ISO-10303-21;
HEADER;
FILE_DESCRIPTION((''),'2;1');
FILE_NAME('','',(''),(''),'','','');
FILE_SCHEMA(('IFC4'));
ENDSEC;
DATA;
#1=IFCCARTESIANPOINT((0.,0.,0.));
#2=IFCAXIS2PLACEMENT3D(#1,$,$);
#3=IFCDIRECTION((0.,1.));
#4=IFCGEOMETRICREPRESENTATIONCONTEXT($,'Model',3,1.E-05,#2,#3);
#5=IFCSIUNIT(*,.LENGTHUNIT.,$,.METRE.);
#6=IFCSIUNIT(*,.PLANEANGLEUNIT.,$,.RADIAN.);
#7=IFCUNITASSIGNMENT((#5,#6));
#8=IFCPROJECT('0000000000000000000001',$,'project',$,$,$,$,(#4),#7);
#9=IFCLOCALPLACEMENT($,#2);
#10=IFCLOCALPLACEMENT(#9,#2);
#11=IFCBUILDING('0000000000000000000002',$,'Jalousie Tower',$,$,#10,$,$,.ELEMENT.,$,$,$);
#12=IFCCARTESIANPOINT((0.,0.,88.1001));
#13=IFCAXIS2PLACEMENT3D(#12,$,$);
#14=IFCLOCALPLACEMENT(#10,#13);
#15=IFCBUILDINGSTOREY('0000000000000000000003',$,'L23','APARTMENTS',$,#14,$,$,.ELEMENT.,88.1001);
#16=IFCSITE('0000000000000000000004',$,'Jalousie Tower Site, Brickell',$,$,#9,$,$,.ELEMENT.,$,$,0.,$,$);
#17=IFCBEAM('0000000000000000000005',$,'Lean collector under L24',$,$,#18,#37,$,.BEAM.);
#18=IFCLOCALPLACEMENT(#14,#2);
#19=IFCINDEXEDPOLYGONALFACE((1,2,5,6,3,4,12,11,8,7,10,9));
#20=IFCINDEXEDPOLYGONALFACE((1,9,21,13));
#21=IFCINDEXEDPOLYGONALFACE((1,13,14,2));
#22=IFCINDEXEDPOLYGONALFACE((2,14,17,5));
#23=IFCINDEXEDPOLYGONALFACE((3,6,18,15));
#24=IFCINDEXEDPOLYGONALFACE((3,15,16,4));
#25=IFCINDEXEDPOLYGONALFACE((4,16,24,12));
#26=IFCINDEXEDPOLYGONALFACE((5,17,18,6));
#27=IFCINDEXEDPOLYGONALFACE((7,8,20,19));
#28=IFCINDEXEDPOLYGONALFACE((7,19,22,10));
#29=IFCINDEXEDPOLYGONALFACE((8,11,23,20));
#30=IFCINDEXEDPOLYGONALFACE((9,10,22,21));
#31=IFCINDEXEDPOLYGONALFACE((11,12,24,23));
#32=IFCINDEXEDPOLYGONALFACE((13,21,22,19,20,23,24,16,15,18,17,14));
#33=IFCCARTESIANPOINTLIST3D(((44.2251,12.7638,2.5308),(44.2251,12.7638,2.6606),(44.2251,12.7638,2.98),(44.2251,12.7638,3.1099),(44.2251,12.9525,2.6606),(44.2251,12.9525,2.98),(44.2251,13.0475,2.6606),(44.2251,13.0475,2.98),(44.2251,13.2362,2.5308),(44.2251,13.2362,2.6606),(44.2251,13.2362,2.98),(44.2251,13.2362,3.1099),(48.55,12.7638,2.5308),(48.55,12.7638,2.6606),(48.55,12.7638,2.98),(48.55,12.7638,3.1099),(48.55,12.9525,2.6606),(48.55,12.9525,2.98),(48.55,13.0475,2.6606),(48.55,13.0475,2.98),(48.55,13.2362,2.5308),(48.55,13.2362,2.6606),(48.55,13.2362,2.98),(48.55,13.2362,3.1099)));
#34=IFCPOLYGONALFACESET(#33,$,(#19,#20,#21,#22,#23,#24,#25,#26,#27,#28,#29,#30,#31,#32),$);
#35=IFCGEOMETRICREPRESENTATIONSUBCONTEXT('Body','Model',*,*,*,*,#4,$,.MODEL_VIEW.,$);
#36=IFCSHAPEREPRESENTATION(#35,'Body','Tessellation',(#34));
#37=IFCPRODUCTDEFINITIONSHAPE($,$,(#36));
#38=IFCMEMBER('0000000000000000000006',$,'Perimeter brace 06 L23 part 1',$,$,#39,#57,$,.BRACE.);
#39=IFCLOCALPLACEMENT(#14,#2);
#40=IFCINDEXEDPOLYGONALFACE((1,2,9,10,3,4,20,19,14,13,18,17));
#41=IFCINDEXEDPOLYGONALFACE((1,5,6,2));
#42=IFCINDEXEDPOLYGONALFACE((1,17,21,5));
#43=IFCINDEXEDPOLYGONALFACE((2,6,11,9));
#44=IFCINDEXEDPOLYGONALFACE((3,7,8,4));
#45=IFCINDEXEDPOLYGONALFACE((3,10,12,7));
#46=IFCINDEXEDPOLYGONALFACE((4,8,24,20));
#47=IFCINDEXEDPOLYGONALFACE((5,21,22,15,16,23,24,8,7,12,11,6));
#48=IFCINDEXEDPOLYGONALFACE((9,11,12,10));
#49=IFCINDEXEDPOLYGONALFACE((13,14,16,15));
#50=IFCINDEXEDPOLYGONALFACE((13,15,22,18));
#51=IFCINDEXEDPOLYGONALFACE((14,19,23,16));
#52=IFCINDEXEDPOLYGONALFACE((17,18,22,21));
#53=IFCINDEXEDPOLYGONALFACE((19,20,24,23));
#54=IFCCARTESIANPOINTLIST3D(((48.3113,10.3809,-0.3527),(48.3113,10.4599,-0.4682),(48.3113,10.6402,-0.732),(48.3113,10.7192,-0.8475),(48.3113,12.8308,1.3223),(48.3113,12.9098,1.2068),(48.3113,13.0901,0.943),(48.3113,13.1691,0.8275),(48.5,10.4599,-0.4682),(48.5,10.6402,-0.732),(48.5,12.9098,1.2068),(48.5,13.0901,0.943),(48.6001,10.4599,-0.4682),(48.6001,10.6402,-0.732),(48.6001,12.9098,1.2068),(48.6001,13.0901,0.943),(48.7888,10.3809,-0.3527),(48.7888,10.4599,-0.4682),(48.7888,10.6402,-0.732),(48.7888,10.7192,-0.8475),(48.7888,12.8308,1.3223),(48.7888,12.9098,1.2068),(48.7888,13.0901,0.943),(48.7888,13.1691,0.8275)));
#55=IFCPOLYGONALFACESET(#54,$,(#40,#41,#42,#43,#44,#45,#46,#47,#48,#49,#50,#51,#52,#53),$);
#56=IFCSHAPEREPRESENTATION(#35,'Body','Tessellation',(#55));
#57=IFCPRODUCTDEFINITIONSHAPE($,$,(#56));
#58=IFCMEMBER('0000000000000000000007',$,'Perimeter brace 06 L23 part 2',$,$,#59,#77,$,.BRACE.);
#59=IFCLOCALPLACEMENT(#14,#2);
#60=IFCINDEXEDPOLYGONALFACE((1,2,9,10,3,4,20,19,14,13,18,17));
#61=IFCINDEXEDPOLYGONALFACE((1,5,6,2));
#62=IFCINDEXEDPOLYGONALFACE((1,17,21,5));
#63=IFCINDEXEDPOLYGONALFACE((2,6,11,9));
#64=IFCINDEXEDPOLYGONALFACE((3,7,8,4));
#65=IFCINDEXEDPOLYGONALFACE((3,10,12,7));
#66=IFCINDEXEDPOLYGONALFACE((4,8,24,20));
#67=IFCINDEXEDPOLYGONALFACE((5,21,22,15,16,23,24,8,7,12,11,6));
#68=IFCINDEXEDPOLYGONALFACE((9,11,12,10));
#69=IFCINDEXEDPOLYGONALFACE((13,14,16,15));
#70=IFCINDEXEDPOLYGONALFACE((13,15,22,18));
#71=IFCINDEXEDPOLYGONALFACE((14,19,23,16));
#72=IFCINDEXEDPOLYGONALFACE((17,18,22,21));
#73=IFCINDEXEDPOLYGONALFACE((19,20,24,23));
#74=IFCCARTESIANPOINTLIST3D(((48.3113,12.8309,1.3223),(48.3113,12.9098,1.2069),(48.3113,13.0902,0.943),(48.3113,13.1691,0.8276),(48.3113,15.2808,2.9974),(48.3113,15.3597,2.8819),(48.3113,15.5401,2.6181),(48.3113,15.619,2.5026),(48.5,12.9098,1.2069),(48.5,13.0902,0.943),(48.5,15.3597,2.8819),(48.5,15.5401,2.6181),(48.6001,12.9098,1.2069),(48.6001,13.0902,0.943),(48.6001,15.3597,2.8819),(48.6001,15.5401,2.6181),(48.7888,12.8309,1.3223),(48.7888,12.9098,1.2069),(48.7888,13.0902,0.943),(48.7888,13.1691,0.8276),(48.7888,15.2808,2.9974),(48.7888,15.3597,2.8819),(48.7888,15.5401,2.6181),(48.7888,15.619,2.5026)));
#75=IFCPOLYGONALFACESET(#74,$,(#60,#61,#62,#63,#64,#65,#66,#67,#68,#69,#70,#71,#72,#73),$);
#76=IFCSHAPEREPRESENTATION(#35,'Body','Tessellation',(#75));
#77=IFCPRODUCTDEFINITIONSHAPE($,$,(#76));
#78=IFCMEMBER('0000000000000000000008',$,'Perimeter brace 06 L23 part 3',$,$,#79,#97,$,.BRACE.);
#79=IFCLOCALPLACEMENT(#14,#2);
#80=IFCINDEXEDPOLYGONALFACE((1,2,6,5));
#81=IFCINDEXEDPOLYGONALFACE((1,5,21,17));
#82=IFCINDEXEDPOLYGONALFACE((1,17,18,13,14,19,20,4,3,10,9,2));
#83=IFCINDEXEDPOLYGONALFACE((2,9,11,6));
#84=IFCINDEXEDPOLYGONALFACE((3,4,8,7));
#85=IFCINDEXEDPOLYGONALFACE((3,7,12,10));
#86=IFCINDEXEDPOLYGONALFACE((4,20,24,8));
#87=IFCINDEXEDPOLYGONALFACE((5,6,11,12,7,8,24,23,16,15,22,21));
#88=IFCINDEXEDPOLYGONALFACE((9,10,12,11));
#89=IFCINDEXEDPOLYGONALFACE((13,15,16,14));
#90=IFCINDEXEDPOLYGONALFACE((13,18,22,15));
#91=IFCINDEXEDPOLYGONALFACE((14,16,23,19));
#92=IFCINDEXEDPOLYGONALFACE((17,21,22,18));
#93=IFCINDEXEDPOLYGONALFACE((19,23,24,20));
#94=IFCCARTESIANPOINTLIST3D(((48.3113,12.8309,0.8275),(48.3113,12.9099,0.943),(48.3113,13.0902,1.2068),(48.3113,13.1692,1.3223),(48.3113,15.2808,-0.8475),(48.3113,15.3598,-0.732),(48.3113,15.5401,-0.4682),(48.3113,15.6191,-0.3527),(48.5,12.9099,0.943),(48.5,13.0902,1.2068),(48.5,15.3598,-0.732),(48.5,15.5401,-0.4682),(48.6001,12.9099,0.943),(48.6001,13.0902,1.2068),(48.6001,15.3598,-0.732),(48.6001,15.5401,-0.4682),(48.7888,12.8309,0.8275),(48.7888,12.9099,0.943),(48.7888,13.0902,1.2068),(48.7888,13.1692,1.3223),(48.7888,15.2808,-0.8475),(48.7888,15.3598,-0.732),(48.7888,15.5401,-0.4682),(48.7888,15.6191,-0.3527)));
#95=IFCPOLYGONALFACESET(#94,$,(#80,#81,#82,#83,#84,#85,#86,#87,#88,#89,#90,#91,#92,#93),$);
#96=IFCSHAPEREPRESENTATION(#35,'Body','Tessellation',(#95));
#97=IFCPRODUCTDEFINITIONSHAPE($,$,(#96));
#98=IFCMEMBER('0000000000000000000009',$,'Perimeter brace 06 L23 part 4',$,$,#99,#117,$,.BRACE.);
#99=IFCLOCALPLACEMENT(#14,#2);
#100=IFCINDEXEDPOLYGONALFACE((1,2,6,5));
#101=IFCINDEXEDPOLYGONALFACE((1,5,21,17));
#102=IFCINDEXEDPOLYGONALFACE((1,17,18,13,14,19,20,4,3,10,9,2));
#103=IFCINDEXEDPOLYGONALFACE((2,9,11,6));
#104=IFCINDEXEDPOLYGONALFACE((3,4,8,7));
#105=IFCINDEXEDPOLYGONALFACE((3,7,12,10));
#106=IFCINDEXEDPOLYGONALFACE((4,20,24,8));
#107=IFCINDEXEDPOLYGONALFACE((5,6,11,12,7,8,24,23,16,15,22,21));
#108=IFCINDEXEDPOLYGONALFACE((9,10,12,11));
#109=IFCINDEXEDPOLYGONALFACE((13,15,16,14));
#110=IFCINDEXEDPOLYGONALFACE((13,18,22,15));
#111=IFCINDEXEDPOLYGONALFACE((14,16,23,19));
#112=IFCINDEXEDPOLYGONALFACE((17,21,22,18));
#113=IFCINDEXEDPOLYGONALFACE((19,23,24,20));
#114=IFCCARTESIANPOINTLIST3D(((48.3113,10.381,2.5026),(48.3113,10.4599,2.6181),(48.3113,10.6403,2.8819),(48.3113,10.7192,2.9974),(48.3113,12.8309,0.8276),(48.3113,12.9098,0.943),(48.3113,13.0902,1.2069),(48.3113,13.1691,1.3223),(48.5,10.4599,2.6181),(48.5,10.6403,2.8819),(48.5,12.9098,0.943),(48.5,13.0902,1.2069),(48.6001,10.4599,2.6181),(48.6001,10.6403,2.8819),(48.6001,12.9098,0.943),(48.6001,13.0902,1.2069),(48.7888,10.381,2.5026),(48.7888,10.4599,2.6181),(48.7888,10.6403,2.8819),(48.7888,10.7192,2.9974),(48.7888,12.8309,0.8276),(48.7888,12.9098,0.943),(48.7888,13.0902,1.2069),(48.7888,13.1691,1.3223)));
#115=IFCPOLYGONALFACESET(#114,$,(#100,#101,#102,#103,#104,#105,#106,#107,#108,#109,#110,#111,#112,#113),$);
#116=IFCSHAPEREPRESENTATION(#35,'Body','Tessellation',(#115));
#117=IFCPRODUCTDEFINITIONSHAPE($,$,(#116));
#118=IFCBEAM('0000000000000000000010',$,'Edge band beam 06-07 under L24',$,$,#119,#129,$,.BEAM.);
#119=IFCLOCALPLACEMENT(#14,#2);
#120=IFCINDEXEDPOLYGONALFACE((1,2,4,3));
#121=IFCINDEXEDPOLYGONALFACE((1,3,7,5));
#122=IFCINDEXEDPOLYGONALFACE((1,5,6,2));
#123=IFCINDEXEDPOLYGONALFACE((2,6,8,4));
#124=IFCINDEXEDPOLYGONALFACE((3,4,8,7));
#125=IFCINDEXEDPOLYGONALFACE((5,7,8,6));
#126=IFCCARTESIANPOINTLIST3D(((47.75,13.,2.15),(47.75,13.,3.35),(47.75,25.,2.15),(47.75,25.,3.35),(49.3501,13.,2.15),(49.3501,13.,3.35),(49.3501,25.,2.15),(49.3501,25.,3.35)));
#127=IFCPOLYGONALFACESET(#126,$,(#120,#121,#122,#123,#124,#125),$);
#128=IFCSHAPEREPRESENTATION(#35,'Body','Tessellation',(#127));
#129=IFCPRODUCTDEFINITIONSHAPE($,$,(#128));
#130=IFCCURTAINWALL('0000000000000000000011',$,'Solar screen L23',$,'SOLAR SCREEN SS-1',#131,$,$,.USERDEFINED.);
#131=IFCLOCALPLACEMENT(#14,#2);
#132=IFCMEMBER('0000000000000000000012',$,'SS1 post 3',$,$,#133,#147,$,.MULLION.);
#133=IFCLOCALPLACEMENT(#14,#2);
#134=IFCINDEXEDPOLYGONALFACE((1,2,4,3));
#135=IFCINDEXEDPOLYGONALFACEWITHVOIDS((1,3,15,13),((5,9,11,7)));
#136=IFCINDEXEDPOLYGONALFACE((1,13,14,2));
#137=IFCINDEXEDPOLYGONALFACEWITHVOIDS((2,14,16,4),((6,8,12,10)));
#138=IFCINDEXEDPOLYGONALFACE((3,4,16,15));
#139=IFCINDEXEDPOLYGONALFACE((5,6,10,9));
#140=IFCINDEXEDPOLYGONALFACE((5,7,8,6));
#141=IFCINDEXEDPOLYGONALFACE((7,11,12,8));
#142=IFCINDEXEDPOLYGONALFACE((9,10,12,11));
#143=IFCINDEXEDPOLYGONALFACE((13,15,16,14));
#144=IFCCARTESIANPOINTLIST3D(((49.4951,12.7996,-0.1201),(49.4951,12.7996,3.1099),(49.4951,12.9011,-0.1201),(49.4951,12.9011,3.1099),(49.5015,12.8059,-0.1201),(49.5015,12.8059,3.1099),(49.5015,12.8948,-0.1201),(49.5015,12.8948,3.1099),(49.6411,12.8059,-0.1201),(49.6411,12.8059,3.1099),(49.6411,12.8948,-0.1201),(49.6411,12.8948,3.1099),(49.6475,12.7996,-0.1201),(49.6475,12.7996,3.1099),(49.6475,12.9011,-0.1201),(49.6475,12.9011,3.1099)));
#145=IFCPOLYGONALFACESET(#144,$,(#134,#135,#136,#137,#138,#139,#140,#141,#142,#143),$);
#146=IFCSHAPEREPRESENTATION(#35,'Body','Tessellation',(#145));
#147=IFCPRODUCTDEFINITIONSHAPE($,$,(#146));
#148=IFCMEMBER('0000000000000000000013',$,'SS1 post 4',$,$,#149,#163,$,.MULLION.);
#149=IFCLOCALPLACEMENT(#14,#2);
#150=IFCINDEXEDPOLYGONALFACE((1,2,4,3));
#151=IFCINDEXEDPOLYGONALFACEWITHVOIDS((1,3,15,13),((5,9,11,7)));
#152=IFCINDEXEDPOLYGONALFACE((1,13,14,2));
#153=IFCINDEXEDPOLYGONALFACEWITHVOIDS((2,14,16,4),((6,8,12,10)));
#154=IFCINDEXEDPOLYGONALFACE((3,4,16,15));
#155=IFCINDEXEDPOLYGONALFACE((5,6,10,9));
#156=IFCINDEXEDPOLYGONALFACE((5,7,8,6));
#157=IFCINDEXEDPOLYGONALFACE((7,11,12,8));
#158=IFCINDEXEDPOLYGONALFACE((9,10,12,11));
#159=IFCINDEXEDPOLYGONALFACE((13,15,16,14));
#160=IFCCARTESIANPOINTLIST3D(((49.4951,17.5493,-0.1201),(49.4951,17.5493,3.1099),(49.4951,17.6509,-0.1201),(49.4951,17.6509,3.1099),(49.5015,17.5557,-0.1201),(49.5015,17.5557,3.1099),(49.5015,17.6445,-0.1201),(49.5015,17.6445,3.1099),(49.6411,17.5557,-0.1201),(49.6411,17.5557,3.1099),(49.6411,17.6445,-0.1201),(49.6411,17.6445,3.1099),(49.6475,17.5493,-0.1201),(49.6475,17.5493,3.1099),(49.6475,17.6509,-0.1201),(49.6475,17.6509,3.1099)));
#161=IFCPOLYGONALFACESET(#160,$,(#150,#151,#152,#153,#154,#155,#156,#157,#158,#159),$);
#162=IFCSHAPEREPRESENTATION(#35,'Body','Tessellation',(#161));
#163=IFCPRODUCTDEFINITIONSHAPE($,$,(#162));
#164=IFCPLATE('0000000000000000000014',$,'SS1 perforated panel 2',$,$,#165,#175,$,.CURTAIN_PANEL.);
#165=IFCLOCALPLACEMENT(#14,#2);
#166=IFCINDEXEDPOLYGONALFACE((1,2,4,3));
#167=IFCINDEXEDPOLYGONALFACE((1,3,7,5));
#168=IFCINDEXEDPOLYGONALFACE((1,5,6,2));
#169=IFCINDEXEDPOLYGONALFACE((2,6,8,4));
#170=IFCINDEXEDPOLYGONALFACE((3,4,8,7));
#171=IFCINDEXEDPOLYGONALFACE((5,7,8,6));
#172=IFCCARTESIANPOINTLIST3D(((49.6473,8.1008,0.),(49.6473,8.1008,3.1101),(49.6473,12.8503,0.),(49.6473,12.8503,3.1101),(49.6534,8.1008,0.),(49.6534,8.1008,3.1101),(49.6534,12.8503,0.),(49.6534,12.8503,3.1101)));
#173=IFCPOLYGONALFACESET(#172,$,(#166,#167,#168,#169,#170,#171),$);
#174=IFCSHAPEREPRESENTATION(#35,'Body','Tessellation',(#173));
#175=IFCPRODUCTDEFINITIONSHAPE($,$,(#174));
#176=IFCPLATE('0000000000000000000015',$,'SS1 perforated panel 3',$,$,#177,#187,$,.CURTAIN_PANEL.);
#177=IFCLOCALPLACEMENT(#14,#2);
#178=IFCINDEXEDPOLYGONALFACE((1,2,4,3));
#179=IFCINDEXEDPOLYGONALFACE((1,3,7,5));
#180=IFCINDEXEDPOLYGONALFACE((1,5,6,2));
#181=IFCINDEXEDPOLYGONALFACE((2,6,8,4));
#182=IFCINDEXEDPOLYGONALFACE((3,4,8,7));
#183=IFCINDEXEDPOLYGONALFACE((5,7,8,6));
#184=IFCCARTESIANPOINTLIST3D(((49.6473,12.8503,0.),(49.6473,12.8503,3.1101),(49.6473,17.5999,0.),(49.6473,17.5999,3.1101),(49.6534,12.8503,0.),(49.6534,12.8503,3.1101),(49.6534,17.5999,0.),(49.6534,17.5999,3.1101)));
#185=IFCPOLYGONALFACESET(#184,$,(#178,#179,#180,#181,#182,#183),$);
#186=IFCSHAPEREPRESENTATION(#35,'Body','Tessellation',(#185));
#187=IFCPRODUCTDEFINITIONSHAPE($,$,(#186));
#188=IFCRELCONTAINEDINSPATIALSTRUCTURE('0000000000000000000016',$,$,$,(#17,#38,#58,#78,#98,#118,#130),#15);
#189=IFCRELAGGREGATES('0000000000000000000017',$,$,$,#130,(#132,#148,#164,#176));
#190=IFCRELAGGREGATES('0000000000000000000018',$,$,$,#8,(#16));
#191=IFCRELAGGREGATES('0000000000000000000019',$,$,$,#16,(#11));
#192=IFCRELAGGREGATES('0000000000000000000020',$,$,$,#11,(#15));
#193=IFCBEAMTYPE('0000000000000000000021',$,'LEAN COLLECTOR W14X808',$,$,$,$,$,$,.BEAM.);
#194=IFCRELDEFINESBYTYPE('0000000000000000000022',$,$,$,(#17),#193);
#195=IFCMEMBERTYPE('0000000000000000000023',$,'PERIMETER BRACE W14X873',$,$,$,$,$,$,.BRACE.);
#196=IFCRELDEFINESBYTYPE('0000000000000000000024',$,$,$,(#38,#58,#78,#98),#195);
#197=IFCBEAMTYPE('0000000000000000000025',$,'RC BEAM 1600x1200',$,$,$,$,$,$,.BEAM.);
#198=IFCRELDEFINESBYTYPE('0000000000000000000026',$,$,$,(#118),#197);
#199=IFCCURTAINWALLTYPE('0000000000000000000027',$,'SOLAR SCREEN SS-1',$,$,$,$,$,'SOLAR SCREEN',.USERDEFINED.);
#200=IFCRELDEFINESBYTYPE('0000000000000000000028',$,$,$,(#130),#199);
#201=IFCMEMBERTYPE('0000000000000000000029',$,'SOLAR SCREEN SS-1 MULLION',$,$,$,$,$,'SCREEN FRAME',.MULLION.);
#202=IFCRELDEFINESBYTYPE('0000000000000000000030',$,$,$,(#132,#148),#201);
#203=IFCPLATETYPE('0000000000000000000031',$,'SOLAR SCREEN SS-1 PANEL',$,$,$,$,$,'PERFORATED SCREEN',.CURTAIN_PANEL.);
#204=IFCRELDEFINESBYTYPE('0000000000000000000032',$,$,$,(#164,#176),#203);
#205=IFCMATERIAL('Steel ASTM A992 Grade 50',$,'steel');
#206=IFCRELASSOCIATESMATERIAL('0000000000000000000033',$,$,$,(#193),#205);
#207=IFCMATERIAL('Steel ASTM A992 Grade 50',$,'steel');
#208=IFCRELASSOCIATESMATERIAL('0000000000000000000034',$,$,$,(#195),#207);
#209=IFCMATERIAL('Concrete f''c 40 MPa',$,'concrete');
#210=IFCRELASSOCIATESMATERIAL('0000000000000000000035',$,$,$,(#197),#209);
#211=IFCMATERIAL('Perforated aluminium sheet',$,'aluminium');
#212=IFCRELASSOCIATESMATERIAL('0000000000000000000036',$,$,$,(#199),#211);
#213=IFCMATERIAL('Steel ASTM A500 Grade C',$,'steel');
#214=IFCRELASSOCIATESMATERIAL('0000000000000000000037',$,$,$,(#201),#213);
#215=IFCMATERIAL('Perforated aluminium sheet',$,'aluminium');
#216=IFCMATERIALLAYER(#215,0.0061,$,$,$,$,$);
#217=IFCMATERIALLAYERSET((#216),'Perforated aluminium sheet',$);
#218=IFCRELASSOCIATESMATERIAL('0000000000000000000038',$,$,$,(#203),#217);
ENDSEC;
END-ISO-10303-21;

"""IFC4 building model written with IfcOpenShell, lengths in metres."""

from ifc_helpers import new_model, si_unit, direction, frame, origin, origin_2d, place, context, subcontext, project, spatial, rectangle, hollow_rectangle, i_section, extrude, material, layer, layer_set, material_profile, profile_set, type_object, element, aggregate, save


model = new_model("IFC4")

# Units and contexts
model_context = context("Model", 3, precision=1e-05, world=origin(), true_north=direction((0.0, 1.0)))
body_context = subcontext(model_context, "Body", "Model", "MODEL_VIEW")
ifc_project = project(units=[si_unit("LENGTHUNIT", "METRE"), si_unit("PLANEANGLEUNIT", "RADIAN")], contexts=[model_context])

# Site, building, storey
site_placement = place(None, origin())
site = spatial("IfcSite", under=ifc_project, at=site_placement, Name="Jalousie Tower Site, Brickell", CompositionType="ELEMENT", RefElevation=0.0)
building_placement = place(site_placement, origin())
building = spatial("IfcBuilding", under=site, at=building_placement, Name="Jalousie Tower", CompositionType="ELEMENT")
storey_placement = place(building_placement, frame((0.0, 0.0, 88.1001)))
storey = spatial("IfcBuildingStorey", under=building, at=storey_placement, Name="L23", Description="APARTMENTS", CompositionType="ELEMENT", Elevation=88.1001)

# Beam
ifc_material_1 = material(Name="Steel ASTM A992 Grade 50", Category="steel")
ifc_material_profile_1 = material_profile(ifc_material_1, i_section(OverallWidth=0.4724, OverallDepth=0.5791, WebThickness=0.095, FlangeThickness=0.1299, at=origin_2d()), Name="W14X808")
ifc_profile_set_1 = profile_set([ifc_material_profile_1], Name="Steel ASTM A992 Grade 50")
beam_type_1 = type_object("IfcBeamType", Name="LEAN COLLECTOR W14X808", PredefinedType="BEAM", material=ifc_profile_set_1)
beam_1_placement = place(storey_placement, frame((48.55, 13.0, 2.8203), z_axis=(-1.0, 0.0, 0.0), x_axis=(0.0, -1.0, 0.0)))
element("IfcBeam", 1, at=beam_1_placement, inside=storey, type_object=beam_type_1, Name="Lean collector under L24", PredefinedType="BEAM", context=body_context, shape_type="SweptSolid", body=[
    extrude(i_section(OverallWidth=0.4724, OverallDepth=0.5791, WebThickness=0.095, FlangeThickness=0.1299, at=origin_2d()), origin(), (0.0, 0.0, 1.0), 4.325),
])

# Members
ifc_material_2 = material(Name="Steel ASTM A992 Grade 50", Category="steel")
ifc_material_profile_2 = material_profile(ifc_material_2, i_section(OverallWidth=0.4775, OverallDepth=0.5994, WebThickness=0.1001, FlangeThickness=0.1399, at=origin_2d()), Name="W14X873")
ifc_profile_set_2 = profile_set([ifc_material_profile_2], Name="Steel ASTM A992 Grade 50")
member_type_1 = type_object("IfcMemberType", Name="PERIMETER BRACE W14X873", PredefinedType="BRACE", material=ifc_profile_set_2)
for number, where, z_axis, x_axis, name in (
    (2, (48.55, 10.55, -0.6001), (0.0, 0.825501, 0.564401), (-1.0, 0.0, 0.0), "Perimeter brace 06 L23 part 1"),
    (3, (48.55, 13.0, 1.075), (0.0, 0.825501, 0.564401), (-1.0, 0.0, 0.0), "Perimeter brace 06 L23 part 2"),
    (4, (48.55, 15.45, -0.6001), (0.0, -0.825501, 0.564401), (1.0, 0.0, 0.0), "Perimeter brace 06 L23 part 3"),
    (5, (48.55, 13.0, 1.075), (0.0, -0.825501, 0.564401), (1.0, 0.0, 0.0), "Perimeter brace 06 L23 part 4"),
):
    element("IfcMember", number, at=place(storey_placement, frame(where, z_axis=z_axis, x_axis=x_axis)), inside=storey, type_object=member_type_1, Name=name, PredefinedType="BRACE", context=body_context, shape_type="SweptSolid", body=[
        extrude(i_section(OverallWidth=0.4775, OverallDepth=0.5994, WebThickness=0.1001, FlangeThickness=0.1399, at=origin_2d()), origin(), (0.0, 0.0, 1.0), 2.9678),
    ])

# Beam
ifc_material_3 = material(Name="Concrete f'c 40 MPa", Category="concrete")
ifc_material_profile_3 = material_profile(ifc_material_3, rectangle(XDim=1.6001, YDim=1.2, at=origin_2d()), Name="RC 1600x1200")
ifc_profile_set_3 = profile_set([ifc_material_profile_3], Name="Concrete f'c 40 MPa")
beam_type_2 = type_object("IfcBeamType", Name="RC BEAM 1600x1200", PredefinedType="BEAM", material=ifc_profile_set_3)
beam_2_placement = place(storey_placement, frame((48.55, 13.0, 2.75), z_axis=(0.0, 1.0, 0.0), x_axis=(-1.0, 0.0, 0.0)))
element("IfcBeam", 6, at=beam_2_placement, inside=storey, type_object=beam_type_2, Name="Edge band beam 06-07 under L24", PredefinedType="BEAM", context=body_context, shape_type="SweptSolid", body=[
    extrude(rectangle(XDim=1.6001, YDim=1.2, at=origin_2d()), origin(), (0.0, 0.0, 1.0), 12.0),
])

# Curtain wall, members, plates
ifc_material_4 = material(Name="Perforated aluminium sheet", Category="aluminium")
curtain_wall_type = type_object("IfcCurtainWallType", Name="SOLAR SCREEN SS-1", ElementType="SOLAR SCREEN", PredefinedType="USERDEFINED", material=ifc_material_4)
curtain_wall_placement = place(storey_placement, origin())
curtain_wall = element("IfcCurtainWall", 7, at=curtain_wall_placement, inside=storey, type_object=curtain_wall_type, Name="Solar screen L23", ObjectType="SOLAR SCREEN SS-1", PredefinedType="USERDEFINED")
ifc_material_5 = material(Name="Steel ASTM A500 Grade C", Category="steel")
ifc_material_profile_4 = material_profile(ifc_material_5, hollow_rectangle(XDim=0.1016, YDim=0.1523, WallThickness=0.0063, at=origin_2d()), Name="HSS6X4X1/4")
ifc_profile_set_4 = profile_set([ifc_material_profile_4], Name="Steel ASTM A500 Grade C")
member_type_2 = type_object("IfcMemberType", Name="SOLAR SCREEN SS-1 MULLION", ElementType="SCREEN FRAME", PredefinedType="MULLION", material=ifc_profile_set_4)
member_1_placement = place(storey_placement, frame((49.5713, 12.8503, -0.1201), z_axis=(0.0, 0.0, 1.0), x_axis=(0.0, 1.0, 0.0)))
member_1 = element("IfcMember", 8, at=member_1_placement, type_object=member_type_2, Name="SS1 post 3", PredefinedType="MULLION", context=body_context, shape_type="SweptSolid", body=[
    extrude(hollow_rectangle(XDim=0.1016, YDim=0.1523, WallThickness=0.0063, at=origin_2d()), origin(), (0.0, 0.0, 1.0), 3.23),
])
member_2_placement = place(storey_placement, frame((49.5713, 17.6001, -0.1201), z_axis=(0.0, 0.0, 1.0), x_axis=(0.0, 1.0, 0.0)))
member_2 = element("IfcMember", 9, at=member_2_placement, type_object=member_type_2, Name="SS1 post 4", PredefinedType="MULLION", context=body_context, shape_type="SweptSolid", body=[
    extrude(hollow_rectangle(XDim=0.1016, YDim=0.1523, WallThickness=0.0063, at=origin_2d()), origin(), (0.0, 0.0, 1.0), 3.23),
])
ifc_material_6 = material(Name="Perforated aluminium sheet", Category="aluminium")
ifc_layer_1 = layer(ifc_material_6, 0.0061)
ifc_layer_set_1 = layer_set([ifc_layer_1], Name="Perforated aluminium sheet")
plate_type = type_object("IfcPlateType", Name="SOLAR SCREEN SS-1 PANEL", ElementType="PERFORATED SCREEN", PredefinedType="CURTAIN_PANEL", material=ifc_layer_set_1)
plate_1_placement = place(storey_placement, frame((49.6504, 10.4756, 0.0), z_axis=(0.0, 0.0, 1.0), x_axis=(0.0, 1.0, 0.0)))
plate_1 = element("IfcPlate", 10, at=plate_1_placement, type_object=plate_type, Name="SS1 perforated panel 2", PredefinedType="CURTAIN_PANEL", context=body_context, shape_type="SweptSolid", body=[
    extrude(rectangle(XDim=4.7495, YDim=0.0061, at=origin_2d()), origin(), (0.0, 0.0, 1.0), 3.1101),
])
plate_2_placement = place(storey_placement, frame((49.6504, 15.2251, 0.0), z_axis=(0.0, 0.0, 1.0), x_axis=(0.0, 1.0, 0.0)))
plate_2 = element("IfcPlate", 11, at=plate_2_placement, type_object=plate_type, Name="SS1 perforated panel 3", PredefinedType="CURTAIN_PANEL", context=body_context, shape_type="SweptSolid", body=[
    extrude(rectangle(XDim=4.7495, YDim=0.0061, at=origin_2d()), origin(), (0.0, 0.0, 1.0), 3.1101),
])
aggregate(curtain_wall, [member_1, member_2, plate_1, plate_2])

save(model, "model.ifc")
